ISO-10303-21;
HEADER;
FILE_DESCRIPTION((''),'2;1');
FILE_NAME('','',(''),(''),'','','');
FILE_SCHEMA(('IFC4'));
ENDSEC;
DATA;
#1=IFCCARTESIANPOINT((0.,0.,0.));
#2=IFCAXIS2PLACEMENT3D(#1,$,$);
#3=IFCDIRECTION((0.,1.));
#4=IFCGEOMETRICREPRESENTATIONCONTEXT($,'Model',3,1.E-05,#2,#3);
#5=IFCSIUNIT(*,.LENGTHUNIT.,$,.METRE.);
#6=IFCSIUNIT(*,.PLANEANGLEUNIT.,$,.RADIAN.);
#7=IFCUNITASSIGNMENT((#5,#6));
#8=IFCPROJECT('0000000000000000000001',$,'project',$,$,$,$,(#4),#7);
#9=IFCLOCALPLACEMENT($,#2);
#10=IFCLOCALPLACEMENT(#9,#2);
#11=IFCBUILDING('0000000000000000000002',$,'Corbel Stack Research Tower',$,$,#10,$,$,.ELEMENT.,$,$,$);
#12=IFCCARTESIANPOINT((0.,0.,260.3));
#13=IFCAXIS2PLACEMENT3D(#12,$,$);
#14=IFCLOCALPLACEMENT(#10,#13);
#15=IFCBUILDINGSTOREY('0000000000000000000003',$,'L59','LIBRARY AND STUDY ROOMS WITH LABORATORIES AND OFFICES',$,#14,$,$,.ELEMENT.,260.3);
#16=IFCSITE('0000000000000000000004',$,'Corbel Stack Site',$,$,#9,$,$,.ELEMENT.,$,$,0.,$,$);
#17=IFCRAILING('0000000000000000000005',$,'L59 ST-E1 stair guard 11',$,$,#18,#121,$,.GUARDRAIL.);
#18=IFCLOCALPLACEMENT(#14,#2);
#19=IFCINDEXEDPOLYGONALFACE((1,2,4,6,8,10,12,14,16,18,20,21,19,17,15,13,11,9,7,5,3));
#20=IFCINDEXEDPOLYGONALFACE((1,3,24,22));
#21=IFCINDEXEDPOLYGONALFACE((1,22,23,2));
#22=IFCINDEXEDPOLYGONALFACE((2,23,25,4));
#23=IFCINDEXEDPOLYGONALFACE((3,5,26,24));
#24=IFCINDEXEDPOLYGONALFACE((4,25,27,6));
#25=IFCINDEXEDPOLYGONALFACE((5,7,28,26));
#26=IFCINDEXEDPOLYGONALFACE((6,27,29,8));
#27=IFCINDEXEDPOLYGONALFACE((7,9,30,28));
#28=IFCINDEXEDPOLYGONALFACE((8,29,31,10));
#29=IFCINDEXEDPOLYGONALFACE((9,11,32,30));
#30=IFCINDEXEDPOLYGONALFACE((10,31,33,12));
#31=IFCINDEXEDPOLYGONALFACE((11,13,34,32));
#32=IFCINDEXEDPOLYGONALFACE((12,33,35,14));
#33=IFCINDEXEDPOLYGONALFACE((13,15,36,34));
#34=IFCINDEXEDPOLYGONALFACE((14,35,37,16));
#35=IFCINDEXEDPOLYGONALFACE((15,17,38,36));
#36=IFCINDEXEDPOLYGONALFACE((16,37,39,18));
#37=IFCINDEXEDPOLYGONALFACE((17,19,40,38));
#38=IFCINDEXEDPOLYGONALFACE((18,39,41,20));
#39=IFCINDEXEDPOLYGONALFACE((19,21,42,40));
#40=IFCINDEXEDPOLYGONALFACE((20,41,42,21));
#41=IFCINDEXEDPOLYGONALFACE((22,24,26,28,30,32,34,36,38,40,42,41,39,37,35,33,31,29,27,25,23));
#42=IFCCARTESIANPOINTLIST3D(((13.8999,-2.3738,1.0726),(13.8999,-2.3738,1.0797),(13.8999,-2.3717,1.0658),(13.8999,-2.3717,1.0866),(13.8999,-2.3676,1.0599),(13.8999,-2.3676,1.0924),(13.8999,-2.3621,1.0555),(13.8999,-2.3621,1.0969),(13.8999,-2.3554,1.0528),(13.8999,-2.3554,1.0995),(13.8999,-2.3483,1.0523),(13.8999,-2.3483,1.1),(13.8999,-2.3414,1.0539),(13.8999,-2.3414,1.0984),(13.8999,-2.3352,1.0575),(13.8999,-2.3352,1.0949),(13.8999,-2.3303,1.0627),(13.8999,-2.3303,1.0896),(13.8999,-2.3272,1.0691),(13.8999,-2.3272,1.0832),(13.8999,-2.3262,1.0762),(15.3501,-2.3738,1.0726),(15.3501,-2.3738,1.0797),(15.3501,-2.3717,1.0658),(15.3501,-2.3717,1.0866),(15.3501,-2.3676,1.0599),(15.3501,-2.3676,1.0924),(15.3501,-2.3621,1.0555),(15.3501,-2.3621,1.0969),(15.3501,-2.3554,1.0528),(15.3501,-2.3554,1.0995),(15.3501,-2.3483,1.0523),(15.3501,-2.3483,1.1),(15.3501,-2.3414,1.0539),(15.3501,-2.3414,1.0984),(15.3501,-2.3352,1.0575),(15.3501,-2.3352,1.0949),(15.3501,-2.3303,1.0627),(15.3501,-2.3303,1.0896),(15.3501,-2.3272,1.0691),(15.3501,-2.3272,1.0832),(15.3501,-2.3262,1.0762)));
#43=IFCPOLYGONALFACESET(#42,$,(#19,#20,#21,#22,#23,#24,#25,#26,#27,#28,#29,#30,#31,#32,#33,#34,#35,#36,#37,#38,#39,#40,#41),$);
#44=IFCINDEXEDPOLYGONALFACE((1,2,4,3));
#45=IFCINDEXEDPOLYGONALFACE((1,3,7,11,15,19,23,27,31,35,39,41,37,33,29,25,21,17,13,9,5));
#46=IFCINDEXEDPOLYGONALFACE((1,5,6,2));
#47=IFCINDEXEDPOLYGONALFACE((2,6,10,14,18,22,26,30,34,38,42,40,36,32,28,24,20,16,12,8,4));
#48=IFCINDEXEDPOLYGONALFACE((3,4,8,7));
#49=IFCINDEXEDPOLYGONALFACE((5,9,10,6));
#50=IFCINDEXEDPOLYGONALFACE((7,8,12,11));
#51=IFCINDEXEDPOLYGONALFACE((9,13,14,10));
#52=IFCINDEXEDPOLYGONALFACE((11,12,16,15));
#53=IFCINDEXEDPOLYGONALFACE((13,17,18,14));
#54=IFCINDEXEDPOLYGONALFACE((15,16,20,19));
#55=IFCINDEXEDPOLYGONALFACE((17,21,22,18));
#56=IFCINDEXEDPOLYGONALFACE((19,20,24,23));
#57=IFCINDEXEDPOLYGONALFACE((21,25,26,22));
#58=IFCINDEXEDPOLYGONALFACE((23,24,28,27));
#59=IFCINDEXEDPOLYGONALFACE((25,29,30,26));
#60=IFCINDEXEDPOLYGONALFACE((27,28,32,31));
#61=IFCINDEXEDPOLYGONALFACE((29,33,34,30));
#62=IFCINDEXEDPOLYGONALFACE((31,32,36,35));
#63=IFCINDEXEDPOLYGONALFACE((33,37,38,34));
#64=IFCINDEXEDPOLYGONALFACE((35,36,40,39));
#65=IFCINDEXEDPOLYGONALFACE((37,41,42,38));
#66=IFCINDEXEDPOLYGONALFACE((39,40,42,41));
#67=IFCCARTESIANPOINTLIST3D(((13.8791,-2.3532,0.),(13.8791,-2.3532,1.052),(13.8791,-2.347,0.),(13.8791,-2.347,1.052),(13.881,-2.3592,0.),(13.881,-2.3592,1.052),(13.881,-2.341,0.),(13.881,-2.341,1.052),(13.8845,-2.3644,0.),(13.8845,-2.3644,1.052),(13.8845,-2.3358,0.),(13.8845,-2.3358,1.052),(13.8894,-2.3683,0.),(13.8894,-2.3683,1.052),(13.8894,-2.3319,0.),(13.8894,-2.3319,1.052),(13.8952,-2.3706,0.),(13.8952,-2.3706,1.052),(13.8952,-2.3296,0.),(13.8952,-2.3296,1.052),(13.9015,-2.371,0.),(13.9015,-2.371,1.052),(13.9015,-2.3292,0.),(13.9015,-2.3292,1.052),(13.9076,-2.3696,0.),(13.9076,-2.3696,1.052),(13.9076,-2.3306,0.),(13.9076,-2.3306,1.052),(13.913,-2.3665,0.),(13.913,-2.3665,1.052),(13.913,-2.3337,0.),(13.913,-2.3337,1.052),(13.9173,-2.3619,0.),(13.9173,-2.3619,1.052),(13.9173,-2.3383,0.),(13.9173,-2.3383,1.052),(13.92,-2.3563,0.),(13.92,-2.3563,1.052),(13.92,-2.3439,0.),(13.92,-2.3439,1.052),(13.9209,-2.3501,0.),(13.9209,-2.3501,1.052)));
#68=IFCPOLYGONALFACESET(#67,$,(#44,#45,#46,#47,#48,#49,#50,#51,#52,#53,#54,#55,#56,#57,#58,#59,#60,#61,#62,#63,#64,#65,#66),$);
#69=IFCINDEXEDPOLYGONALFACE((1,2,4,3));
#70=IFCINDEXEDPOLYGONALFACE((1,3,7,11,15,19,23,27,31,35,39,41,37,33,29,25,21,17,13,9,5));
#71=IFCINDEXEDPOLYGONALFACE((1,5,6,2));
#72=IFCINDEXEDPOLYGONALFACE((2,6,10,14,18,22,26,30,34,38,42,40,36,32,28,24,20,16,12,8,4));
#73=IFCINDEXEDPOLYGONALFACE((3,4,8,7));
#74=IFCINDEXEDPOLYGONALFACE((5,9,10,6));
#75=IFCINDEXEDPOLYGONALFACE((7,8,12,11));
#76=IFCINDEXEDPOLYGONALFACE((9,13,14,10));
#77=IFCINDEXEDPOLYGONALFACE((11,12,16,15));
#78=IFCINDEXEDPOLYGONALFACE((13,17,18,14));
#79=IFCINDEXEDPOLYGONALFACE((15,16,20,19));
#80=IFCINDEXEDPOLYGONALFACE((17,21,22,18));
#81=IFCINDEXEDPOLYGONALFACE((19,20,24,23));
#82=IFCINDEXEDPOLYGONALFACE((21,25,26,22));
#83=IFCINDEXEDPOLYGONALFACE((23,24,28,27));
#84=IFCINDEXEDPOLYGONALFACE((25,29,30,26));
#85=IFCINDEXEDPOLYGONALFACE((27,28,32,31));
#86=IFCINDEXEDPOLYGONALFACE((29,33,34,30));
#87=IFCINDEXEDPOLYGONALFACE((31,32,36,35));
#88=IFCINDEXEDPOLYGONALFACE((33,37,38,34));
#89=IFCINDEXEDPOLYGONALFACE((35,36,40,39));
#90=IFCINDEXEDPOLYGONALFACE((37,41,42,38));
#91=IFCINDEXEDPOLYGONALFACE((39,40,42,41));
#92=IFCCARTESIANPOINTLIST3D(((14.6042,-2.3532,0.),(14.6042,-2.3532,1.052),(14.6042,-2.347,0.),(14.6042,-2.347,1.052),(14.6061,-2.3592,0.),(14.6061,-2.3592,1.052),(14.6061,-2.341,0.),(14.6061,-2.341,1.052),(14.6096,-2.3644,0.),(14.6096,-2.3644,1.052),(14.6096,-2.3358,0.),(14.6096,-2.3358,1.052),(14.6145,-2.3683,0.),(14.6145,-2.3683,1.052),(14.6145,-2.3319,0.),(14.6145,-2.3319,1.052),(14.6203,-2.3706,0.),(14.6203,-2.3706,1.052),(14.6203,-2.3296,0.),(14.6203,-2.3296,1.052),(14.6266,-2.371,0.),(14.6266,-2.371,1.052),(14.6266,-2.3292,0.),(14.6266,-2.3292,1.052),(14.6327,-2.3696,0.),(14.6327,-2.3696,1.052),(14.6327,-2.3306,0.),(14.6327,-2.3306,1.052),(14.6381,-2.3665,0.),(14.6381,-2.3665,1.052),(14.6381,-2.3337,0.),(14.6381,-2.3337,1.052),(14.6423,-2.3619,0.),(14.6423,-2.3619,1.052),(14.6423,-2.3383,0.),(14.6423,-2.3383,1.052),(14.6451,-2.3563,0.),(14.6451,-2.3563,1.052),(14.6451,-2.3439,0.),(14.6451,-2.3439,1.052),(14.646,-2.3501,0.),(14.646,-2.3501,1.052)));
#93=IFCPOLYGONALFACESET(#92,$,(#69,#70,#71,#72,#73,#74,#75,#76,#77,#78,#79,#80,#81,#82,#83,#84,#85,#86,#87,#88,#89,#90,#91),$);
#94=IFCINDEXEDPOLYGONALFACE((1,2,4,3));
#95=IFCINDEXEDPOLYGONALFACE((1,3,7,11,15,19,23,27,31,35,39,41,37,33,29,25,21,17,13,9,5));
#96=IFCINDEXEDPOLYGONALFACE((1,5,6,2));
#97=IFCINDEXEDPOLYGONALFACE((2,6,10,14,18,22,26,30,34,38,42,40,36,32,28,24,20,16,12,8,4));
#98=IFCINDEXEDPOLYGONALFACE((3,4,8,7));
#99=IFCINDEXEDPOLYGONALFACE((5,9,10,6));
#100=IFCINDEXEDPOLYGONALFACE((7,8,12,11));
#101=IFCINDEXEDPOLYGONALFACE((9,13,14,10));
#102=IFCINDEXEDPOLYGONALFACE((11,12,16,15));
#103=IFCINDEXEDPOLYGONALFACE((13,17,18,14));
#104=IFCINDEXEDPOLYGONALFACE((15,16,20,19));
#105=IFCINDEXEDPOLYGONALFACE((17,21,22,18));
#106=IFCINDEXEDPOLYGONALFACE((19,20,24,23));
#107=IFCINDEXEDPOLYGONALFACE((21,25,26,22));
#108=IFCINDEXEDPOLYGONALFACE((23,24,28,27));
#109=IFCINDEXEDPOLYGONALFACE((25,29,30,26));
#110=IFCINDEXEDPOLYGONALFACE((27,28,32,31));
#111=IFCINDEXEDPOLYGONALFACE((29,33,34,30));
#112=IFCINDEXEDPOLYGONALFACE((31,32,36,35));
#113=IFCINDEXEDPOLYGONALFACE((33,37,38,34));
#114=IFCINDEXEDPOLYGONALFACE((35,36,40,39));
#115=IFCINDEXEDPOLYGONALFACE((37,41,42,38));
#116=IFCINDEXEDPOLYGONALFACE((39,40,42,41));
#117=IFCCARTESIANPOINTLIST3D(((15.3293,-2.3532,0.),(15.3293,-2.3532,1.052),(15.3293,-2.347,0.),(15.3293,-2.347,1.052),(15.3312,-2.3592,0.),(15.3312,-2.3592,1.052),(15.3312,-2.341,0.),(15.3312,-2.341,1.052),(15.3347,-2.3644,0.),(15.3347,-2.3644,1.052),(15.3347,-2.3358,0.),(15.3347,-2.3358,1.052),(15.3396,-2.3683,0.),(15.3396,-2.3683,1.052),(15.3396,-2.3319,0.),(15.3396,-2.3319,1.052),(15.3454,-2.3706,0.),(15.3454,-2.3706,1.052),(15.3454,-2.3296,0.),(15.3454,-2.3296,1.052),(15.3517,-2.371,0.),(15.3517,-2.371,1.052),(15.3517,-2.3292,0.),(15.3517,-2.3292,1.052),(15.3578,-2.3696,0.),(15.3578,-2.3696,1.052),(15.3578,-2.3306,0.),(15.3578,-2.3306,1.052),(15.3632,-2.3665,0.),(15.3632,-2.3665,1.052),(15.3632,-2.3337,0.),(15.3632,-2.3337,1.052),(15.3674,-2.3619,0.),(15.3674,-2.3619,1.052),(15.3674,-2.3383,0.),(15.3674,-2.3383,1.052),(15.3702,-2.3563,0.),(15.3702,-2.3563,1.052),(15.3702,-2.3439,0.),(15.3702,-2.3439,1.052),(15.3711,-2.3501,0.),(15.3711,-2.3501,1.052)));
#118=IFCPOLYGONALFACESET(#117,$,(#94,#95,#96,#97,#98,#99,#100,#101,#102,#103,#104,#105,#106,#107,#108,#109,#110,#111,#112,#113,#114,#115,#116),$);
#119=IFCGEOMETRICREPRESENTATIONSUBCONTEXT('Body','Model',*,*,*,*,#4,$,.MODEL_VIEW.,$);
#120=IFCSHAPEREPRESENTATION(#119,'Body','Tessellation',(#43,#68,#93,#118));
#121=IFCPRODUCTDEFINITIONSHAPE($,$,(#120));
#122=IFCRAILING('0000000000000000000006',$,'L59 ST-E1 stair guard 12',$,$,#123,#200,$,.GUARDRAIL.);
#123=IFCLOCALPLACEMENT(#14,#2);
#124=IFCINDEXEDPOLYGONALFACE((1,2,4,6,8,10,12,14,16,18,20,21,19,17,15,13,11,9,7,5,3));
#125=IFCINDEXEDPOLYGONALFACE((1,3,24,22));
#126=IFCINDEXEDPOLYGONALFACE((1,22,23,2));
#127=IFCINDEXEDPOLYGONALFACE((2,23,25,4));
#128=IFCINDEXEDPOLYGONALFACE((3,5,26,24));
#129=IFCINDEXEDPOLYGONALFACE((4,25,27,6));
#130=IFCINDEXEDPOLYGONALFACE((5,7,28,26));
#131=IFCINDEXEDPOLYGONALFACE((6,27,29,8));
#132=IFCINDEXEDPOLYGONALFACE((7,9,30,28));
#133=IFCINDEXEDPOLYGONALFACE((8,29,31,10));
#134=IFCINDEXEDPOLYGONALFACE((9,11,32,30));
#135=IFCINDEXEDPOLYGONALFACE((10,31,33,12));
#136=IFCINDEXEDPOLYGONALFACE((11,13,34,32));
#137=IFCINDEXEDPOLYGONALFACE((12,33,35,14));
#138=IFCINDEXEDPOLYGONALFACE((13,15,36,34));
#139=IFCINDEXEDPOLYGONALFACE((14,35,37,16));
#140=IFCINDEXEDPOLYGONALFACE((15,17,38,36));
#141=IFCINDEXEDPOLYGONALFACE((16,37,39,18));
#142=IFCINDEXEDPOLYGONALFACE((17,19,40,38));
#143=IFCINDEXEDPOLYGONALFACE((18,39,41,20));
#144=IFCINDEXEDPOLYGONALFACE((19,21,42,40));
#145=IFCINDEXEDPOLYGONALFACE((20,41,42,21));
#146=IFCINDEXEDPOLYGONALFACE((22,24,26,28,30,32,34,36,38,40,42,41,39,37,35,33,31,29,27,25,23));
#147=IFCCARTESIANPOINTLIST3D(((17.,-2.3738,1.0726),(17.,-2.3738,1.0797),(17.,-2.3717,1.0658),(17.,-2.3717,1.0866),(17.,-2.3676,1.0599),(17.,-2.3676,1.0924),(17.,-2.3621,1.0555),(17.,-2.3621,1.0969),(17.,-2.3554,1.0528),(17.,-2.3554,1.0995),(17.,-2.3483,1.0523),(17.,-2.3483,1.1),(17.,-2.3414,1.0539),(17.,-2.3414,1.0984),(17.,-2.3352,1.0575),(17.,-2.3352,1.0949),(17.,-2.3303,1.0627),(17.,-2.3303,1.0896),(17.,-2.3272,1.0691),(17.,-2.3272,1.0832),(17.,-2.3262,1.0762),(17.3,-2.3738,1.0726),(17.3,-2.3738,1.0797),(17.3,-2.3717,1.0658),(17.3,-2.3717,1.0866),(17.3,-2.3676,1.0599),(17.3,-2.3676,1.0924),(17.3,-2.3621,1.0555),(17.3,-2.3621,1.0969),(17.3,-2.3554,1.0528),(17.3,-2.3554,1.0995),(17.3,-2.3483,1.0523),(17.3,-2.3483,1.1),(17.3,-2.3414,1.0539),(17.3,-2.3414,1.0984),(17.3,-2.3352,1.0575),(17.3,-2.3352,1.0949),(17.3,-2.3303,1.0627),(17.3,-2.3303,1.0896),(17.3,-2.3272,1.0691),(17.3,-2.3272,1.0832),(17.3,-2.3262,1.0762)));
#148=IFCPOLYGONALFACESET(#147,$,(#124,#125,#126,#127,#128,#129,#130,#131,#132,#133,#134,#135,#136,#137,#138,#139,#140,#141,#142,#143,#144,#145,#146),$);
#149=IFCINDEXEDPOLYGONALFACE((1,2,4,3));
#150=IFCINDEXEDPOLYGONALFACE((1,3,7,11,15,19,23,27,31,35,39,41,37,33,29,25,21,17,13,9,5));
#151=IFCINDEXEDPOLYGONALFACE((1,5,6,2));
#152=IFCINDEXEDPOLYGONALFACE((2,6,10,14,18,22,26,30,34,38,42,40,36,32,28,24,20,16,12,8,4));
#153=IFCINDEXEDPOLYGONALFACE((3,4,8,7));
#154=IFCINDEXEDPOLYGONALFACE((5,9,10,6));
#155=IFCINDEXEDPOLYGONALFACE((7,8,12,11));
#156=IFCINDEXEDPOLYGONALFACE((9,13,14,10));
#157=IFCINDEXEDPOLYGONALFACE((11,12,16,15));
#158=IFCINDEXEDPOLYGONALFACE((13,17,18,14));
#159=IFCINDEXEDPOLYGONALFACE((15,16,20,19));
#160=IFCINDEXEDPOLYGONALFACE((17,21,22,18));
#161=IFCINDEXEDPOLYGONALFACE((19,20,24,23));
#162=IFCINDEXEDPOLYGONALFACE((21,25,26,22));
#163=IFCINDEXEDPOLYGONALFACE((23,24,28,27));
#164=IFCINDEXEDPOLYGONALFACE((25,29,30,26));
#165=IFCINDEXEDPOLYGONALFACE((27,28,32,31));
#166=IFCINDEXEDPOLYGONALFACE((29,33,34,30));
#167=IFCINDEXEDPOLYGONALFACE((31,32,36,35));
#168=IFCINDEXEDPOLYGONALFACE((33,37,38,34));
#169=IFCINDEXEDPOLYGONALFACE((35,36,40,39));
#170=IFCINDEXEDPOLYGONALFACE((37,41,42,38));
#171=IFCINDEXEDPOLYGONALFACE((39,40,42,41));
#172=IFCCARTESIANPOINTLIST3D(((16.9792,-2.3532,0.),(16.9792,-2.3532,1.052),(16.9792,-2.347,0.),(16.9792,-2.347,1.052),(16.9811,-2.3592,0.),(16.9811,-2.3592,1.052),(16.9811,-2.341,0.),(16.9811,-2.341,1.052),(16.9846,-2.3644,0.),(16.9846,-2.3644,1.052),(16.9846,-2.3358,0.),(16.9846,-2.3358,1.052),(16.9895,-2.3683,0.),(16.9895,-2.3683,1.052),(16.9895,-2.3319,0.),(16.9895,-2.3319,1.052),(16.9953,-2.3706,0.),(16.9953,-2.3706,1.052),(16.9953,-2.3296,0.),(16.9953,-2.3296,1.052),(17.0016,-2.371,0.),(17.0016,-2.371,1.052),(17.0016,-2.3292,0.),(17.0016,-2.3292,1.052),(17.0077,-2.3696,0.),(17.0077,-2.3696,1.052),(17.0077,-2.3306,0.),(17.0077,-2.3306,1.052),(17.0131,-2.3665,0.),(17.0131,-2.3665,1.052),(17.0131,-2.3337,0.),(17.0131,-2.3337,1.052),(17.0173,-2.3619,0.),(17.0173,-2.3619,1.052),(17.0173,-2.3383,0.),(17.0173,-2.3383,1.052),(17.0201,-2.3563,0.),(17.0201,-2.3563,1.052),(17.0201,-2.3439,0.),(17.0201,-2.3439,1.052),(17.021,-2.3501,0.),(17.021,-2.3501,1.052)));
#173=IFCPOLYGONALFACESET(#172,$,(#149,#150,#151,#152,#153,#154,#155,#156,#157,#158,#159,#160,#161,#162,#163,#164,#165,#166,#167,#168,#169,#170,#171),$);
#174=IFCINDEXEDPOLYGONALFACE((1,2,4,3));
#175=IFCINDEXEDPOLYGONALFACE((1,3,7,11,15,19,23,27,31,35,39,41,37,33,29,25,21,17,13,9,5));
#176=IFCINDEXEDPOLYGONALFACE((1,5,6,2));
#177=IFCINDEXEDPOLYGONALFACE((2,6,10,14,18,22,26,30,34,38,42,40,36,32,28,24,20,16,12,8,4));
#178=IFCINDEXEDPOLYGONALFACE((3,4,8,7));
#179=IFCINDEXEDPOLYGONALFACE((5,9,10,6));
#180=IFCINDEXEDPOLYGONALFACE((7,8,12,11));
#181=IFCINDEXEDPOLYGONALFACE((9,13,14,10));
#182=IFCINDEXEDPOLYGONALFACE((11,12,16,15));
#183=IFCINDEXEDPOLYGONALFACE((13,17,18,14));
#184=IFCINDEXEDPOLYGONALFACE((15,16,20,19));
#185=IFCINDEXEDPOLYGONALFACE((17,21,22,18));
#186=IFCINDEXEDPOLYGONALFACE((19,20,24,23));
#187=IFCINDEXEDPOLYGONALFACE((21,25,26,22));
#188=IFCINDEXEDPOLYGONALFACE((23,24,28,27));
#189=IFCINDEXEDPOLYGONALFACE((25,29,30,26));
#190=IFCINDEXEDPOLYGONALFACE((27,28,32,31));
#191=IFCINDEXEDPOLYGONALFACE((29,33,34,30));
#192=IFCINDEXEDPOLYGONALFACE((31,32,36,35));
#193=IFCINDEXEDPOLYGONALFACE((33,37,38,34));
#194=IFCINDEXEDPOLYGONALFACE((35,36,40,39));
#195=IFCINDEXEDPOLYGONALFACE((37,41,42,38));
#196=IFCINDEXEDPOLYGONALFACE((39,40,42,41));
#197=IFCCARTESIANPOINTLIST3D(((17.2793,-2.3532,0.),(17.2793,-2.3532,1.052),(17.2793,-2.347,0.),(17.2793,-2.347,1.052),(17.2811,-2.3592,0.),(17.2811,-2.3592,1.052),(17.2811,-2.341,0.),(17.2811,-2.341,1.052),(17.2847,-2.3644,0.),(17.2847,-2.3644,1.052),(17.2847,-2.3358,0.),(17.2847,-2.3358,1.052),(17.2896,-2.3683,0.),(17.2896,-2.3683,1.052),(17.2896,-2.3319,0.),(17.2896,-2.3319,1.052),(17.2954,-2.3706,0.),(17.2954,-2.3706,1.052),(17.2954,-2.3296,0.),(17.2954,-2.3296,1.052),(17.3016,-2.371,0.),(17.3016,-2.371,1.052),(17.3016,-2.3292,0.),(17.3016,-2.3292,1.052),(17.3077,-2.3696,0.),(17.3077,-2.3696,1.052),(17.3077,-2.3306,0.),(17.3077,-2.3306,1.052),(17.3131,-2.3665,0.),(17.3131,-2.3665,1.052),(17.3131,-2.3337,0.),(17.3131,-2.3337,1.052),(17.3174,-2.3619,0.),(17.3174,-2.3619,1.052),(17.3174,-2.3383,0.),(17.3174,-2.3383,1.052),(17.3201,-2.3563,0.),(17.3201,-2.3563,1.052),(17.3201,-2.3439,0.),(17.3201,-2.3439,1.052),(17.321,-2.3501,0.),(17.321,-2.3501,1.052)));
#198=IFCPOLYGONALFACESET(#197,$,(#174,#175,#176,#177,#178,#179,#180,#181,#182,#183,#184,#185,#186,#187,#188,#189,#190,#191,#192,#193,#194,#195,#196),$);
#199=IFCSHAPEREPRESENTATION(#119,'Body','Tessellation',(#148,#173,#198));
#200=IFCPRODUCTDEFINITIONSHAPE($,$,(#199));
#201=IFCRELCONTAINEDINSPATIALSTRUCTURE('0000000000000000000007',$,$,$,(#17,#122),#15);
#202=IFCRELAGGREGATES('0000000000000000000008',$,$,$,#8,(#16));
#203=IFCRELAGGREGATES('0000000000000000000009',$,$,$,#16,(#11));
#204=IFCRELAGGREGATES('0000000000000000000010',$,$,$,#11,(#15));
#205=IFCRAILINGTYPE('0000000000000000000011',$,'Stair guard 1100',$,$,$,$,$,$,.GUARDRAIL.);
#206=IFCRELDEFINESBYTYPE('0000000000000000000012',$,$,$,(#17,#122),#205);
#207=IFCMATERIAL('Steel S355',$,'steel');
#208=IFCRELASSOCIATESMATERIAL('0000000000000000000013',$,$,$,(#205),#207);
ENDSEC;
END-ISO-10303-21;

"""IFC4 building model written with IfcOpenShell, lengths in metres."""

from ifc_helpers import new_model, si_unit, direction, frame, origin, origin_2d, place, context, subcontext, project, spatial, circle, extrude, material, type_object, element, save


model = new_model("IFC4")

# Units and contexts
model_context = context("Model", 3, precision=1e-05, world=origin(), true_north=direction((0.0, 1.0)))
body_context = subcontext(model_context, "Body", "Model", "MODEL_VIEW")
ifc_project = project(units=[si_unit("LENGTHUNIT", "METRE"), si_unit("PLANEANGLEUNIT", "RADIAN")], contexts=[model_context])

# Site, building, storey
site_placement = place(None, origin())
site = spatial("IfcSite", under=ifc_project, at=site_placement, Name="Corbel Stack Site", CompositionType="ELEMENT", RefElevation=0.0)
building_placement = place(site_placement, origin())
building = spatial("IfcBuilding", under=site, at=building_placement, Name="Corbel Stack Research Tower", CompositionType="ELEMENT")
storey_placement = place(building_placement, frame((0.0, 0.0, 260.3)))
storey = spatial("IfcBuildingStorey", under=building, at=storey_placement, Name="L59", Description="LIBRARY AND STUDY ROOMS WITH LABORATORIES AND OFFICES", CompositionType="ELEMENT", Elevation=260.3)

# Railings
ifc_material_1 = material(Name="Steel S355", Category="steel")
railing_type_1 = type_object("IfcRailingType", Name="Stair guard 1100", PredefinedType="GUARDRAIL", material=ifc_material_1)
railing_1_placement = place(storey_placement, frame((13.8999, -2.3501, 0.0)))
element("IfcRailing", 1, at=railing_1_placement, inside=storey, type_object=railing_type_1, Name="L59 ST-E1 stair guard 11", PredefinedType="GUARDRAIL", context=body_context, shape_type="SweptSolid", body=[
    extrude(circle(Radius=0.0239, at=origin_2d()), frame((0.0, 0.0, 1.0762), z_axis=(1.0, 0.0, 0.0), x_axis=(0.0, 1.0, 0.0)), (0.0, 0.0, 1.0), 1.4502),
    extrude(circle(Radius=0.021, at=origin_2d()), origin(), (0.0, 0.0, 1.0), 1.052),
    extrude(circle(Radius=0.021, at=origin_2d()), frame((0.7251, 0.0, 0.0)), (0.0, 0.0, 1.0), 1.052),
    extrude(circle(Radius=0.021, at=origin_2d()), frame((1.4502, 0.0, 0.0)), (0.0, 0.0, 1.0), 1.052),
])
railing_2_placement = place(storey_placement, frame((17.0, -2.3501, 0.0)))
element("IfcRailing", 2, at=railing_2_placement, inside=storey, type_object=railing_type_1, Name="L59 ST-E1 stair guard 12", PredefinedType="GUARDRAIL", context=body_context, shape_type="SweptSolid", body=[
    extrude(circle(Radius=0.0239, at=origin_2d()), frame((0.0, 0.0, 1.0762), z_axis=(1.0, 0.0, 0.0), x_axis=(0.0, 1.0, 0.0)), (0.0, 0.0, 1.0), 0.3),
    extrude(circle(Radius=0.021, at=origin_2d()), origin(), (0.0, 0.0, 1.0), 1.052),
    extrude(circle(Radius=0.021, at=origin_2d()), frame((0.3, 0.0, 0.0)), (0.0, 0.0, 1.0), 1.052),
])

save(model, "model.ifc")
